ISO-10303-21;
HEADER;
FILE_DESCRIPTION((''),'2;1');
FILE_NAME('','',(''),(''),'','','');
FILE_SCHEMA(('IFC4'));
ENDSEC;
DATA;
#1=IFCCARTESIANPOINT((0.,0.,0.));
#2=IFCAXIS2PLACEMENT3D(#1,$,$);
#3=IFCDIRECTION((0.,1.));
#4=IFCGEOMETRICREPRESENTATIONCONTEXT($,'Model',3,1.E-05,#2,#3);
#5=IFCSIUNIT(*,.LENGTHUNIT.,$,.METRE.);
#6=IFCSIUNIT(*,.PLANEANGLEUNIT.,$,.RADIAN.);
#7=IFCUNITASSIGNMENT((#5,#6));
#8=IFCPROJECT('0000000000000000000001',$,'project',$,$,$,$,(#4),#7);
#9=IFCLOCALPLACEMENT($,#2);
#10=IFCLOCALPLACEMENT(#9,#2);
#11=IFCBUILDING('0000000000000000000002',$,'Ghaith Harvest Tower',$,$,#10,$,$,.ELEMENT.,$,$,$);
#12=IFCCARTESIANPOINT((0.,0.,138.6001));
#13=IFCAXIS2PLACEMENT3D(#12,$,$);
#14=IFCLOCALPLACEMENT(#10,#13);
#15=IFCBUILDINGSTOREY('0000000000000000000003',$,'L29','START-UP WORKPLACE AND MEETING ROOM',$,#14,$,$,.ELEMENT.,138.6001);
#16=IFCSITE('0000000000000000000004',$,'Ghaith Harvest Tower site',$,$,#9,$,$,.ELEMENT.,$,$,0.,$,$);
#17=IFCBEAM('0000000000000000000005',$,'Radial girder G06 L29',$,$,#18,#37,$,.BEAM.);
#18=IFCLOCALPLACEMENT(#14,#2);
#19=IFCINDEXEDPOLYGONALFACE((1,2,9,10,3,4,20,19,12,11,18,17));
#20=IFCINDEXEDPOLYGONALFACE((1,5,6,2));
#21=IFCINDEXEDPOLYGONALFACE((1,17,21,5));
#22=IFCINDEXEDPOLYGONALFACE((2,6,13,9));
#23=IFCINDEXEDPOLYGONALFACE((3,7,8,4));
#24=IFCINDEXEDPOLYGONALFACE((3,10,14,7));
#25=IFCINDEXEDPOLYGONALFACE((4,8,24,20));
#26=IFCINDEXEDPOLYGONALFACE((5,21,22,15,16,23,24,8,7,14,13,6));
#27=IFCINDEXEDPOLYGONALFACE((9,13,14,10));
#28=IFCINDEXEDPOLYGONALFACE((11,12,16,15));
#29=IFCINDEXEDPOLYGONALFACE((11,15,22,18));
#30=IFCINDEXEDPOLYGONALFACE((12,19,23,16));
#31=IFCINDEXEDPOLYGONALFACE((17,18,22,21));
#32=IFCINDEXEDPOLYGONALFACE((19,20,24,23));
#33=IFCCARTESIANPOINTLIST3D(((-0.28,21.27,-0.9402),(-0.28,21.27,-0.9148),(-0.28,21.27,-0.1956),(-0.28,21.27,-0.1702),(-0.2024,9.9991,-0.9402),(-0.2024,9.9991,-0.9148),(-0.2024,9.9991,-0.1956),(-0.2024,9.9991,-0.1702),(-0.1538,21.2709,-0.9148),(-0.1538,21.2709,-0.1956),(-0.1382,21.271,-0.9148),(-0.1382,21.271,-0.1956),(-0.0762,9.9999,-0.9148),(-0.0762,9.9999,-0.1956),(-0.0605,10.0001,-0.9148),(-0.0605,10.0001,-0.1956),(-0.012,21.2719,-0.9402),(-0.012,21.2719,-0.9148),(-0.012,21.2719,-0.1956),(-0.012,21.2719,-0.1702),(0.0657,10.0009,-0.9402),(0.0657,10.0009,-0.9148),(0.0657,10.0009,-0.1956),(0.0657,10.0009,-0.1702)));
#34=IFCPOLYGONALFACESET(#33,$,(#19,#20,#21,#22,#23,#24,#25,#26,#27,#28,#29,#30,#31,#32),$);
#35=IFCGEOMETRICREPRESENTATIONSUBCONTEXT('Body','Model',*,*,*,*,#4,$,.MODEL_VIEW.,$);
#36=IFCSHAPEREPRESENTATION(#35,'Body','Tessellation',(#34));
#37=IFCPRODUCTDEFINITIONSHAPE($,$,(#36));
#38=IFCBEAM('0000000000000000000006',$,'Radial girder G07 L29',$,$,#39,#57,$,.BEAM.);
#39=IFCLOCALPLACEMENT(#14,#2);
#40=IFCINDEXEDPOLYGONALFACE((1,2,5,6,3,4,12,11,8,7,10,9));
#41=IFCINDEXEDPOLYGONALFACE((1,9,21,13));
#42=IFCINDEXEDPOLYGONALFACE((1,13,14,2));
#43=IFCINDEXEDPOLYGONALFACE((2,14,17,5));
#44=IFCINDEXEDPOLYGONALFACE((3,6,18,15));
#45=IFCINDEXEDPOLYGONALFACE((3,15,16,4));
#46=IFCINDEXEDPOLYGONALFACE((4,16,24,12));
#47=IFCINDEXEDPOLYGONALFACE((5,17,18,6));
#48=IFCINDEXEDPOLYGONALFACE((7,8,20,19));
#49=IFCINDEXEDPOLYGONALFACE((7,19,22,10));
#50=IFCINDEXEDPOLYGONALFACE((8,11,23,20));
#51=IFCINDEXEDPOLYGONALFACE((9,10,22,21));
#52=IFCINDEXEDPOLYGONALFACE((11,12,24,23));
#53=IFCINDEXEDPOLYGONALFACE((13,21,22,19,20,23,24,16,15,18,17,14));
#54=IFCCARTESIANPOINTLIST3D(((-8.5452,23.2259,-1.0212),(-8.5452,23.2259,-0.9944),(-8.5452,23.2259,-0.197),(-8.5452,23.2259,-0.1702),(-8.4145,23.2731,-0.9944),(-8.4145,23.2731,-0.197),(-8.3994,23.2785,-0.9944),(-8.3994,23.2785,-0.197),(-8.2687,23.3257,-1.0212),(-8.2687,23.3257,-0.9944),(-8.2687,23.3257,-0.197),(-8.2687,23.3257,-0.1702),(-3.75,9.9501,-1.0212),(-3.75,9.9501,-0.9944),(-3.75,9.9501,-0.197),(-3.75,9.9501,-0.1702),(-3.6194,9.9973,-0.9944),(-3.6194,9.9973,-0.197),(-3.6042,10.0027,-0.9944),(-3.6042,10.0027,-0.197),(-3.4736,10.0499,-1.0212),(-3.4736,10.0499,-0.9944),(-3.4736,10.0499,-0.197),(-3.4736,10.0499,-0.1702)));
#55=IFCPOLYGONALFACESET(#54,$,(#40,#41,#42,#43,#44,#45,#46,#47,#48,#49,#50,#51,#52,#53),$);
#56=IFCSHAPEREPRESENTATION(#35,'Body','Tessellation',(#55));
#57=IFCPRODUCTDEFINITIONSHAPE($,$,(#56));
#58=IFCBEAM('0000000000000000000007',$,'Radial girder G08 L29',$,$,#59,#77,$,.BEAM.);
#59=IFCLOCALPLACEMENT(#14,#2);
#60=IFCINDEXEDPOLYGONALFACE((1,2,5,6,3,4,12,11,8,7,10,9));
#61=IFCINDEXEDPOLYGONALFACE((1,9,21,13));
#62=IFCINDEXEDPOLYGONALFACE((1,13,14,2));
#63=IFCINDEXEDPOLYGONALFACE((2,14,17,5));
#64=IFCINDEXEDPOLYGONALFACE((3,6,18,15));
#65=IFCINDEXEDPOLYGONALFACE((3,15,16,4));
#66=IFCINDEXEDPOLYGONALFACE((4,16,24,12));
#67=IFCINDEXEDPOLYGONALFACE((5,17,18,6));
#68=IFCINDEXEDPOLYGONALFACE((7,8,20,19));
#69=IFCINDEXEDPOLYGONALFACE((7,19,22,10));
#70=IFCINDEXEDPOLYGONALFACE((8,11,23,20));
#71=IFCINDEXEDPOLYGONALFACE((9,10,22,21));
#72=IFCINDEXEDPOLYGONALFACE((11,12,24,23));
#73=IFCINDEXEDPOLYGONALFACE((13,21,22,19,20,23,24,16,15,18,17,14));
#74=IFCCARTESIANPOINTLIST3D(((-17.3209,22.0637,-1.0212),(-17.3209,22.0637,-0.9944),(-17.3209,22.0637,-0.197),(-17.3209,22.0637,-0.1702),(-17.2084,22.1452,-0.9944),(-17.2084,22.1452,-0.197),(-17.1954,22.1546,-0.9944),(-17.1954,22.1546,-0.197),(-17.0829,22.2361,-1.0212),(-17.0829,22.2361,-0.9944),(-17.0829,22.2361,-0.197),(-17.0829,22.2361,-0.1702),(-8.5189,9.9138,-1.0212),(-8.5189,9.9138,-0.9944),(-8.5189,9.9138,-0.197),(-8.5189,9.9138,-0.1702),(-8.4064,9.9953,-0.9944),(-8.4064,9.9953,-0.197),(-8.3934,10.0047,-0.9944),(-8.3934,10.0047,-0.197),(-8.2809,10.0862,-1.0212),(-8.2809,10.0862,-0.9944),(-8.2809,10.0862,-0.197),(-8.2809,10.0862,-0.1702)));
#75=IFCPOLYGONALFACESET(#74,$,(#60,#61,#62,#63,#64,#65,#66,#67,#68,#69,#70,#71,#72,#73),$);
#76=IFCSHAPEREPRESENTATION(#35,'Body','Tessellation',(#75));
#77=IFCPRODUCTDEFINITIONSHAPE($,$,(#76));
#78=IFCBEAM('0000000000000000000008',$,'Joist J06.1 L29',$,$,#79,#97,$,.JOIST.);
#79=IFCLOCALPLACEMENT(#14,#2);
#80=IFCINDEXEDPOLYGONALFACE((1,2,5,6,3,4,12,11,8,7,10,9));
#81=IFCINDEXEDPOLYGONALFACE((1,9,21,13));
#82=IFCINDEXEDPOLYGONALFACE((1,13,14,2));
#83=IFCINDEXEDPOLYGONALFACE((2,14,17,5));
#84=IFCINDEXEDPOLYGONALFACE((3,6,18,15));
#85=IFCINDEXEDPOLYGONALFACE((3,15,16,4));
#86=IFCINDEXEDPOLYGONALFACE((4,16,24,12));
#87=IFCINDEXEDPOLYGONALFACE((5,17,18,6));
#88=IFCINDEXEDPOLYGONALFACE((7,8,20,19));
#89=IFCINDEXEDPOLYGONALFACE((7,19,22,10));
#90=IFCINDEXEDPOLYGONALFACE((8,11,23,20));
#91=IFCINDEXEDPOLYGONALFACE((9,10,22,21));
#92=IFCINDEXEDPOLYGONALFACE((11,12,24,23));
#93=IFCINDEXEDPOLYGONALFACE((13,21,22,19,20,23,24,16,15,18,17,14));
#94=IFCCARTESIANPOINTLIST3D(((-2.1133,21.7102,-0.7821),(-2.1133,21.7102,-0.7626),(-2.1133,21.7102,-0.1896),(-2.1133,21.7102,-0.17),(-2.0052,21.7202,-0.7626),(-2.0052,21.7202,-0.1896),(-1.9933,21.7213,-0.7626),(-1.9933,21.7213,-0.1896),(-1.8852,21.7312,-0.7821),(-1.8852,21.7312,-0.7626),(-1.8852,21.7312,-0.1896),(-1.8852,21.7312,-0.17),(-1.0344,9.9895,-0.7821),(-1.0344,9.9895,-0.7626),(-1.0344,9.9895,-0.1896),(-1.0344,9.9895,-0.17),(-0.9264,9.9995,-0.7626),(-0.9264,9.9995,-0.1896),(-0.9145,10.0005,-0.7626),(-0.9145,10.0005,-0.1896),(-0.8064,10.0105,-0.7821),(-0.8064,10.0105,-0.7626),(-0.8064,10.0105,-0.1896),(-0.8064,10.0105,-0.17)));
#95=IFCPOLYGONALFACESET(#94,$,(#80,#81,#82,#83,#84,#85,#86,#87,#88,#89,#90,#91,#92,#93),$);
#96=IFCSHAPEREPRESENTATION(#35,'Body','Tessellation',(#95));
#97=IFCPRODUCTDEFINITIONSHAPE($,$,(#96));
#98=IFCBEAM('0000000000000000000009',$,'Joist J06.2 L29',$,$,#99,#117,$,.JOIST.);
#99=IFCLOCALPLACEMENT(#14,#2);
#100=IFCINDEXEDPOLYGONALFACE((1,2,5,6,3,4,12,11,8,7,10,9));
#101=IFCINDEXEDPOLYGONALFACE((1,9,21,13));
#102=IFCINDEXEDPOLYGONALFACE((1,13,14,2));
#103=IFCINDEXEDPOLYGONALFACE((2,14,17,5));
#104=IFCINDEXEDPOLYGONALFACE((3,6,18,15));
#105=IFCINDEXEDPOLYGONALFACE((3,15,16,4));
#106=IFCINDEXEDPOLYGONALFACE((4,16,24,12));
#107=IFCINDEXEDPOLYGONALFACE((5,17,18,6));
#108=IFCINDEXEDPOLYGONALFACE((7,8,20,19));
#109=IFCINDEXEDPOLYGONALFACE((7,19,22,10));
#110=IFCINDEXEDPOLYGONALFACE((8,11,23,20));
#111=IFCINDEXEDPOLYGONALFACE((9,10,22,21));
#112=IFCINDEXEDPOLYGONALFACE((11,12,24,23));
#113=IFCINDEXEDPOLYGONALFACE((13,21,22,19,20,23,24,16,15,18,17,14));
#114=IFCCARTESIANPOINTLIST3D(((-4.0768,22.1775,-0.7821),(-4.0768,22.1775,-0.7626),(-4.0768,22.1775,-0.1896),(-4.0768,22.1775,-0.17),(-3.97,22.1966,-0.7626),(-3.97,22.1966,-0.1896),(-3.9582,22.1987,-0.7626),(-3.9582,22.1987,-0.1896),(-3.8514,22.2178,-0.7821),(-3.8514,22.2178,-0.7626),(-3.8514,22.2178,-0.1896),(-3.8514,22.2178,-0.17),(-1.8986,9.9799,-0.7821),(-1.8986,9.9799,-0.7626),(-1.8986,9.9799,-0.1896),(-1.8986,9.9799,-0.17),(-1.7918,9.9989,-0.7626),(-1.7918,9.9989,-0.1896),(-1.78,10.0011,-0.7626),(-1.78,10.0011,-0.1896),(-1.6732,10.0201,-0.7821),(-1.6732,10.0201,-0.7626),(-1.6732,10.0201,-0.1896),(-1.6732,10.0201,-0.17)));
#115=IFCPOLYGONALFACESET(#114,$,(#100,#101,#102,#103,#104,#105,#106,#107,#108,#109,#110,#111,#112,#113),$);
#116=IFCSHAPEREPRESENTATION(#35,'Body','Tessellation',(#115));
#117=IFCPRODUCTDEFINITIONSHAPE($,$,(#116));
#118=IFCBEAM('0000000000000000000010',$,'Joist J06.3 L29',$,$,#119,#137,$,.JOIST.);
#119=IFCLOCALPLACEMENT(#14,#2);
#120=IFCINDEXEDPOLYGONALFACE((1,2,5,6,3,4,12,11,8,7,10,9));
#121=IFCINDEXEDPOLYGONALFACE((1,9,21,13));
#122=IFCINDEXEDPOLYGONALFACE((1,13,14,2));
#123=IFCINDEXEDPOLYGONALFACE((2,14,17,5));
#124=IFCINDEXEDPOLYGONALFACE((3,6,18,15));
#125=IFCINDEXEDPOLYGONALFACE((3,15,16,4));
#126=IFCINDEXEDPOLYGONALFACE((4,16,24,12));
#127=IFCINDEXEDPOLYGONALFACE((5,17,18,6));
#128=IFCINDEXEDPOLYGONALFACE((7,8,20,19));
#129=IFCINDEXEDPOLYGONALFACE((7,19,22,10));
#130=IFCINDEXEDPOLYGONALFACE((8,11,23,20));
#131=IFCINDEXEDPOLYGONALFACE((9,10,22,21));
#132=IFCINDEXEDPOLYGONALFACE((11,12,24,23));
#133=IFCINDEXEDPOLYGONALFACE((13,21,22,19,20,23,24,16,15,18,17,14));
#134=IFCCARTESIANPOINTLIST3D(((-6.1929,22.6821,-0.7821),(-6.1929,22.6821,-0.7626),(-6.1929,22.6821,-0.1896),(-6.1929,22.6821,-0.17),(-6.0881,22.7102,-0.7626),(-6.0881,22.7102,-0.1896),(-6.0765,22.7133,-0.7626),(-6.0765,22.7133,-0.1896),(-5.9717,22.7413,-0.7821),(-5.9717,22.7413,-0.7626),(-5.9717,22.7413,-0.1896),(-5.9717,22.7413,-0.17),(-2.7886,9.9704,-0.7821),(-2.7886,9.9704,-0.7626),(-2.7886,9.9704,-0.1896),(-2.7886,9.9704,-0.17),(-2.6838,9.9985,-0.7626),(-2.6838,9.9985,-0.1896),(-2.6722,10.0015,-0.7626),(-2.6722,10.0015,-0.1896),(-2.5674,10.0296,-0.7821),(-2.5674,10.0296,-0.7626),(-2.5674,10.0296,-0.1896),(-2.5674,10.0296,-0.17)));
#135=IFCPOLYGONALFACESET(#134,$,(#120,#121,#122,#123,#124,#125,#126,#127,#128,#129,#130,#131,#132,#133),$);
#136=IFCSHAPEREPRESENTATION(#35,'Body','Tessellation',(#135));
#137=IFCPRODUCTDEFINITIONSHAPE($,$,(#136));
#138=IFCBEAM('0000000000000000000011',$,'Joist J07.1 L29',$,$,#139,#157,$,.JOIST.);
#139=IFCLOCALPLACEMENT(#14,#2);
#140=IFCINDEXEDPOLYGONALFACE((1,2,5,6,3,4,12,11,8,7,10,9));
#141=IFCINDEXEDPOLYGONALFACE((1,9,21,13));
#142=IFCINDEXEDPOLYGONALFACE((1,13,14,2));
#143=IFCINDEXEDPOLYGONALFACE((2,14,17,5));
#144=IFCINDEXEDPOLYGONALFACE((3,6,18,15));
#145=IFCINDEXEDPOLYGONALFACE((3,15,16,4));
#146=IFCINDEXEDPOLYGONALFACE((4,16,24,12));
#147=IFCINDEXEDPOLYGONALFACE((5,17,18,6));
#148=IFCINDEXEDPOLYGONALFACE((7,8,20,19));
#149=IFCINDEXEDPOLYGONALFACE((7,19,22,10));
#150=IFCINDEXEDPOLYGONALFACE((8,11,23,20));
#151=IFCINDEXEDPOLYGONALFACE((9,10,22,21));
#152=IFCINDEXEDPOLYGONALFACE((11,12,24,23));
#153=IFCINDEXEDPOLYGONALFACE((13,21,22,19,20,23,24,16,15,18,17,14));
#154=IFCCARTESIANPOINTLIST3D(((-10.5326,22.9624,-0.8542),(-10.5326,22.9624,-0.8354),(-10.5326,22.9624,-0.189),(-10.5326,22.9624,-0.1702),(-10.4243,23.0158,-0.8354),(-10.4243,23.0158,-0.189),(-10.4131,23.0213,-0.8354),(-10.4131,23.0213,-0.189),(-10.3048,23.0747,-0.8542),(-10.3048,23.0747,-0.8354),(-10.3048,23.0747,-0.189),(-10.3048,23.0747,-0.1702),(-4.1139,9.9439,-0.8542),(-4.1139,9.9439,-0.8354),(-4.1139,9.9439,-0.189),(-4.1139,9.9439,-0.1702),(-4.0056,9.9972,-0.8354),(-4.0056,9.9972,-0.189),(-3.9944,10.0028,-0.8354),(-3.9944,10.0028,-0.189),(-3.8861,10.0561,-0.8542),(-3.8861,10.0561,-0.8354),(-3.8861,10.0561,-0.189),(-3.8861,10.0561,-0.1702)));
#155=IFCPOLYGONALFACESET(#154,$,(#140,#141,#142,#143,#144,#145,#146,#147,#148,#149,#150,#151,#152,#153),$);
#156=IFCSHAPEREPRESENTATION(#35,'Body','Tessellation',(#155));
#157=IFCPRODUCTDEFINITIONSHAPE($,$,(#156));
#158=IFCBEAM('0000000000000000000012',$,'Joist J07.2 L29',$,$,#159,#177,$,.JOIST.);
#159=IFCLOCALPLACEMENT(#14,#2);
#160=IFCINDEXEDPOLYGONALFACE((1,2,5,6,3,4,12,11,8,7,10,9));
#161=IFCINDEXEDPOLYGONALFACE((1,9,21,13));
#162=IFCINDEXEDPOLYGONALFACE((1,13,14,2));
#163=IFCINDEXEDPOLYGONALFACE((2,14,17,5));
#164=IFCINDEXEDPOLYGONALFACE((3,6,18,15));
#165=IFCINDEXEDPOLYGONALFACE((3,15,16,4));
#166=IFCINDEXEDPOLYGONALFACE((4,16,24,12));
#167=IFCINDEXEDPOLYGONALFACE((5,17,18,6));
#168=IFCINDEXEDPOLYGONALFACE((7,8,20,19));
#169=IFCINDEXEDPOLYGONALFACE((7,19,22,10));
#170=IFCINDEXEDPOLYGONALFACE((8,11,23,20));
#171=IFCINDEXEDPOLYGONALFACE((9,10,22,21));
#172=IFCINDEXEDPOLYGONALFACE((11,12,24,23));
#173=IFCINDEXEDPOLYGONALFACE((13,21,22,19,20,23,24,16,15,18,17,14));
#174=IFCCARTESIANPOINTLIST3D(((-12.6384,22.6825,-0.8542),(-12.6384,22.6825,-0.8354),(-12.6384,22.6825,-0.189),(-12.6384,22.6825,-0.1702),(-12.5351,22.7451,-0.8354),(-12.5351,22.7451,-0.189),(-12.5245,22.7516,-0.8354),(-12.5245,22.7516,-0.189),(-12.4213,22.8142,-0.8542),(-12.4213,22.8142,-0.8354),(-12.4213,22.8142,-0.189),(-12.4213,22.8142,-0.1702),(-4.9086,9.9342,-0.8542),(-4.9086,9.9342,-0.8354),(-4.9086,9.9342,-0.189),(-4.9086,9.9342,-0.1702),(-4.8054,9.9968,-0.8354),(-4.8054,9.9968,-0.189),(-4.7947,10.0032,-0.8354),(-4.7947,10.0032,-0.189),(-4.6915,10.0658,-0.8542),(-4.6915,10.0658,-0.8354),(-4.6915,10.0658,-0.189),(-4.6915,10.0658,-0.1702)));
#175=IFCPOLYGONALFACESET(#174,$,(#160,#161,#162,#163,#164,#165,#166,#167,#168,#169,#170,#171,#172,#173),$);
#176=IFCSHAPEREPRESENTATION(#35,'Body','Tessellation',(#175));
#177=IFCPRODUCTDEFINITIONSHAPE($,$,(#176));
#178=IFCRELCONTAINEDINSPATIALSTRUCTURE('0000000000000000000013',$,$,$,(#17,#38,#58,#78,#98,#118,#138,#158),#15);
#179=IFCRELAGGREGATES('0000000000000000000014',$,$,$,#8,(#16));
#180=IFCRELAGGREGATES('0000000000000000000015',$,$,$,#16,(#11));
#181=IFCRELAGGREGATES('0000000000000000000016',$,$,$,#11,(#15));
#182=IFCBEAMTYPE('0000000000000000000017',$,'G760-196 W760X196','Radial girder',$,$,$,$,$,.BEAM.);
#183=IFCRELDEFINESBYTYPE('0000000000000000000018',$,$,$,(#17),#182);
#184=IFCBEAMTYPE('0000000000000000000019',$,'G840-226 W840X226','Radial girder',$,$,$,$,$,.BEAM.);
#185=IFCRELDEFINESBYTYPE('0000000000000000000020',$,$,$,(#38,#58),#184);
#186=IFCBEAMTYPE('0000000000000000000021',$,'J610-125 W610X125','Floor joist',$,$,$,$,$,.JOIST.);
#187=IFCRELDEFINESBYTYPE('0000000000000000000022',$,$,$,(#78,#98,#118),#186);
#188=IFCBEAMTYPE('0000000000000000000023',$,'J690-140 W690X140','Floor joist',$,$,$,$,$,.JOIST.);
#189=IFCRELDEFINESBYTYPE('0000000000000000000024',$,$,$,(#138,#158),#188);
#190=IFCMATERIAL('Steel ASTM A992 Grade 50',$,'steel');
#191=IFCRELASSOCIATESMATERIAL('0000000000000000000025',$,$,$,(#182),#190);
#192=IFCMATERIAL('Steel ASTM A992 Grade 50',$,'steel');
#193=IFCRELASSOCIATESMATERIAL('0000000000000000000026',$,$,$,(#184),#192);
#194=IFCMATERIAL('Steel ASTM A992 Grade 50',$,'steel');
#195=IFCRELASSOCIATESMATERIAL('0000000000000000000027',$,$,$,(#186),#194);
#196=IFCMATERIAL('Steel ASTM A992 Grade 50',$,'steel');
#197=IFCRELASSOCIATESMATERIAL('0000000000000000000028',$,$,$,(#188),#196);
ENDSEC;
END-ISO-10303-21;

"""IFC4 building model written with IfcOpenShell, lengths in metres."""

from ifc_helpers import new_model, si_unit, direction, frame, origin, origin_2d, place, context, subcontext, project, spatial, i_section, extrude, material, material_profile, profile_set, type_object, element, save


model = new_model("IFC4")

# Units and contexts
model_context = context("Model", 3, precision=1e-05, world=origin(), true_north=direction((0.0, 1.0)))
body_context = subcontext(model_context, "Body", "Model", "MODEL_VIEW")
ifc_project = project(units=[si_unit("LENGTHUNIT", "METRE"), si_unit("PLANEANGLEUNIT", "RADIAN")], contexts=[model_context])

# Site, building, storey
site_placement = place(None, origin())
site = spatial("IfcSite", under=ifc_project, at=site_placement, Name="Ghaith Harvest Tower site", CompositionType="ELEMENT", RefElevation=0.0)
building_placement = place(site_placement, origin())
building = spatial("IfcBuilding", under=site, at=building_placement, Name="Ghaith Harvest Tower", CompositionType="ELEMENT")
storey_placement = place(building_placement, frame((0.0, 0.0, 138.6001)))
storey = spatial("IfcBuildingStorey", under=building, at=storey_placement, Name="L29", Description="START-UP WORKPLACE AND MEETING ROOM", CompositionType="ELEMENT", Elevation=138.6001)

# Beams
ifc_material_1 = material(Name="Steel ASTM A992 Grade 50", Category="steel")
ifc_material_profile_1 = material_profile(ifc_material_1, i_section(OverallWidth=0.2681, OverallDepth=0.77, WebThickness=0.0156, FlangeThickness=0.0254, at=origin_2d()), Name="W760X196")
ifc_profile_set_1 = profile_set([ifc_material_profile_1], Name="Steel ASTM A992 Grade 50")
beam_type_1 = type_object("IfcBeamType", Name="G760-196 W760X196", Description="Radial girder", PredefinedType="BEAM", material=ifc_profile_set_1)
beam_1_placement = place(storey_placement, frame((-0.0684, 10.0, -0.5552), z_axis=(-0.006888, 0.999976, 0.0), x_axis=(-0.999976, -0.006888, 0.0)))
element("IfcBeam", 1, at=beam_1_placement, inside=storey, type_object=beam_type_1, Name="Radial girder G06 L29", PredefinedType="BEAM", context=body_context, shape_type="SweptSolid", body=[
    extrude(i_section(OverallWidth=0.2681, OverallDepth=0.77, WebThickness=0.0156, FlangeThickness=0.0254, at=origin_2d()), origin(), (0.0, 0.0, 1.0), 11.2712),
])
ifc_material_2 = material(Name="Steel ASTM A992 Grade 50", Category="steel")
ifc_material_profile_2 = material_profile(ifc_material_2, i_section(OverallWidth=0.2939, OverallDepth=0.8511, WebThickness=0.0161, FlangeThickness=0.0269, at=origin_2d()), Name="W840X226")
ifc_profile_set_2 = profile_set([ifc_material_profile_2], Name="Steel ASTM A992 Grade 50")
beam_type_2 = type_object("IfcBeamType", Name="G840-226 W840X226", Description="Radial girder", PredefinedType="BEAM", material=ifc_profile_set_2)
beam_2_placement = place(storey_placement, frame((-3.6118, 10.0, -0.5957), z_axis=(-0.339713, 0.940529, 0.0), x_axis=(-0.940529, -0.339713, 0.0)))
element("IfcBeam", 2, at=beam_2_placement, inside=storey, type_object=beam_type_2, Name="Radial girder G07 L29", PredefinedType="BEAM", context=body_context, shape_type="SweptSolid", body=[
    extrude(i_section(OverallWidth=0.2939, OverallDepth=0.8511, WebThickness=0.0161, FlangeThickness=0.0269, at=origin_2d()), origin(), (0.0, 0.0, 1.0), 14.1152),
])
beam_3_placement = place(storey_placement, frame((-8.3999, 10.0, -0.5957), z_axis=(-0.586676, 0.809822, 0.0), x_axis=(-0.809822, -0.586676, 0.0)))
element("IfcBeam", 3, at=beam_3_placement, inside=storey, type_object=beam_type_2, Name="Radial girder G08 L29", PredefinedType="BEAM", context=body_context, shape_type="SweptSolid", body=[
    extrude(i_section(OverallWidth=0.2939, OverallDepth=0.8511, WebThickness=0.0161, FlangeThickness=0.0269, at=origin_2d()), origin(), (0.0, 0.0, 1.0), 15.0032),
])
ifc_material_3 = material(Name="Steel ASTM A992 Grade 50", Category="steel")
ifc_material_profile_3 = material_profile(ifc_material_3, i_section(OverallWidth=0.229, OverallDepth=0.6121, WebThickness=0.012, FlangeThickness=0.0195, at=origin_2d()), Name="W610X125")
ifc_profile_set_3 = profile_set([ifc_material_profile_3], Name="Steel ASTM A992 Grade 50")
beam_type_3 = type_object("IfcBeamType", Name="J610-125 W610X125", Description="Floor joist", PredefinedType="JOIST", material=ifc_profile_set_3)
beam_4_placement = place(storey_placement, frame((-0.9204, 10.0, -0.4761), z_axis=(-0.09166, 0.99579, 0.0), x_axis=(-0.99579, -0.09166, 0.0)))
element("IfcBeam", 4, at=beam_4_placement, inside=storey, type_object=beam_type_3, Name="Joist J06.1 L29", PredefinedType="JOIST", context=body_context, shape_type="SweptSolid", body=[
    extrude(i_section(OverallWidth=0.229, OverallDepth=0.6121, WebThickness=0.012, FlangeThickness=0.0195, at=origin_2d()), origin(), (0.0, 0.0, 1.0), 11.7703),
])
beam_5_placement = place(storey_placement, frame((-1.7859, 10.0, -0.4761), z_axis=(-0.175795, 0.984427, 0.0), x_axis=(-0.984427, -0.175795, 0.0)))
element("IfcBeam", 5, at=beam_5_placement, inside=storey, type_object=beam_type_3, Name="Joist J06.2 L29", PredefinedType="JOIST", context=body_context, shape_type="SweptSolid", body=[
    extrude(i_section(OverallWidth=0.229, OverallDepth=0.6121, WebThickness=0.012, FlangeThickness=0.0195, at=origin_2d()), origin(), (0.0, 0.0, 1.0), 12.3906),
])
beam_6_placement = place(storey_placement, frame((-2.678, 10.0, -0.4761), z_axis=(-0.258693, 0.96596, 0.0), x_axis=(-0.96596, -0.258693, 0.0)))
element("IfcBeam", 6, at=beam_6_placement, inside=storey, type_object=beam_type_3, Name="Joist J06.3 L29", PredefinedType="JOIST", context=body_context, shape_type="SweptSolid", body=[
    extrude(i_section(OverallWidth=0.229, OverallDepth=0.6121, WebThickness=0.012, FlangeThickness=0.0195, at=origin_2d()), origin(), (0.0, 0.0, 1.0), 13.1597),
])
ifc_material_4 = material(Name="Steel ASTM A992 Grade 50", Category="steel")
ifc_material_profile_4 = material_profile(ifc_material_4, i_section(OverallWidth=0.2539, OverallDepth=0.6841, WebThickness=0.0125, FlangeThickness=0.0188, at=origin_2d()), Name="W690X140")
ifc_profile_set_4 = profile_set([ifc_material_profile_4], Name="Steel ASTM A992 Grade 50")
beam_type_4 = type_object("IfcBeamType", Name="J690-140 W690X140", Description="Floor joist", PredefinedType="JOIST", material=ifc_profile_set_4)
beam_7_placement = place(storey_placement, frame((-4.0, 10.0, -0.5122), z_axis=(-0.442214, 0.896909, 0.0), x_axis=(-0.896909, -0.442214, 0.0)))
element("IfcBeam", 7, at=beam_7_placement, inside=storey, type_object=beam_type_4, Name="Joist J07.1 L29", PredefinedType="JOIST", context=body_context, shape_type="SweptSolid", body=[
    extrude(i_section(OverallWidth=0.2539, OverallDepth=0.6841, WebThickness=0.0125, FlangeThickness=0.0188, at=origin_2d()), origin(), (0.0, 0.0, 1.0), 14.5149),
])
beam_8_placement = place(storey_placement, frame((-4.8, 10.0, -0.5122), z_axis=(-0.518473, 0.855094, 0.0), x_axis=(-0.855094, -0.518473, 0.0)))
element("IfcBeam", 8, at=beam_8_placement, inside=storey, type_object=beam_type_4, Name="Joist J07.2 L29", PredefinedType="JOIST", context=body_context, shape_type="SweptSolid", body=[
    extrude(i_section(OverallWidth=0.2539, OverallDepth=0.6841, WebThickness=0.0125, FlangeThickness=0.0188, at=origin_2d()), origin(), (0.0, 0.0, 1.0), 14.9087),
])

save(model, "model.ifc")
